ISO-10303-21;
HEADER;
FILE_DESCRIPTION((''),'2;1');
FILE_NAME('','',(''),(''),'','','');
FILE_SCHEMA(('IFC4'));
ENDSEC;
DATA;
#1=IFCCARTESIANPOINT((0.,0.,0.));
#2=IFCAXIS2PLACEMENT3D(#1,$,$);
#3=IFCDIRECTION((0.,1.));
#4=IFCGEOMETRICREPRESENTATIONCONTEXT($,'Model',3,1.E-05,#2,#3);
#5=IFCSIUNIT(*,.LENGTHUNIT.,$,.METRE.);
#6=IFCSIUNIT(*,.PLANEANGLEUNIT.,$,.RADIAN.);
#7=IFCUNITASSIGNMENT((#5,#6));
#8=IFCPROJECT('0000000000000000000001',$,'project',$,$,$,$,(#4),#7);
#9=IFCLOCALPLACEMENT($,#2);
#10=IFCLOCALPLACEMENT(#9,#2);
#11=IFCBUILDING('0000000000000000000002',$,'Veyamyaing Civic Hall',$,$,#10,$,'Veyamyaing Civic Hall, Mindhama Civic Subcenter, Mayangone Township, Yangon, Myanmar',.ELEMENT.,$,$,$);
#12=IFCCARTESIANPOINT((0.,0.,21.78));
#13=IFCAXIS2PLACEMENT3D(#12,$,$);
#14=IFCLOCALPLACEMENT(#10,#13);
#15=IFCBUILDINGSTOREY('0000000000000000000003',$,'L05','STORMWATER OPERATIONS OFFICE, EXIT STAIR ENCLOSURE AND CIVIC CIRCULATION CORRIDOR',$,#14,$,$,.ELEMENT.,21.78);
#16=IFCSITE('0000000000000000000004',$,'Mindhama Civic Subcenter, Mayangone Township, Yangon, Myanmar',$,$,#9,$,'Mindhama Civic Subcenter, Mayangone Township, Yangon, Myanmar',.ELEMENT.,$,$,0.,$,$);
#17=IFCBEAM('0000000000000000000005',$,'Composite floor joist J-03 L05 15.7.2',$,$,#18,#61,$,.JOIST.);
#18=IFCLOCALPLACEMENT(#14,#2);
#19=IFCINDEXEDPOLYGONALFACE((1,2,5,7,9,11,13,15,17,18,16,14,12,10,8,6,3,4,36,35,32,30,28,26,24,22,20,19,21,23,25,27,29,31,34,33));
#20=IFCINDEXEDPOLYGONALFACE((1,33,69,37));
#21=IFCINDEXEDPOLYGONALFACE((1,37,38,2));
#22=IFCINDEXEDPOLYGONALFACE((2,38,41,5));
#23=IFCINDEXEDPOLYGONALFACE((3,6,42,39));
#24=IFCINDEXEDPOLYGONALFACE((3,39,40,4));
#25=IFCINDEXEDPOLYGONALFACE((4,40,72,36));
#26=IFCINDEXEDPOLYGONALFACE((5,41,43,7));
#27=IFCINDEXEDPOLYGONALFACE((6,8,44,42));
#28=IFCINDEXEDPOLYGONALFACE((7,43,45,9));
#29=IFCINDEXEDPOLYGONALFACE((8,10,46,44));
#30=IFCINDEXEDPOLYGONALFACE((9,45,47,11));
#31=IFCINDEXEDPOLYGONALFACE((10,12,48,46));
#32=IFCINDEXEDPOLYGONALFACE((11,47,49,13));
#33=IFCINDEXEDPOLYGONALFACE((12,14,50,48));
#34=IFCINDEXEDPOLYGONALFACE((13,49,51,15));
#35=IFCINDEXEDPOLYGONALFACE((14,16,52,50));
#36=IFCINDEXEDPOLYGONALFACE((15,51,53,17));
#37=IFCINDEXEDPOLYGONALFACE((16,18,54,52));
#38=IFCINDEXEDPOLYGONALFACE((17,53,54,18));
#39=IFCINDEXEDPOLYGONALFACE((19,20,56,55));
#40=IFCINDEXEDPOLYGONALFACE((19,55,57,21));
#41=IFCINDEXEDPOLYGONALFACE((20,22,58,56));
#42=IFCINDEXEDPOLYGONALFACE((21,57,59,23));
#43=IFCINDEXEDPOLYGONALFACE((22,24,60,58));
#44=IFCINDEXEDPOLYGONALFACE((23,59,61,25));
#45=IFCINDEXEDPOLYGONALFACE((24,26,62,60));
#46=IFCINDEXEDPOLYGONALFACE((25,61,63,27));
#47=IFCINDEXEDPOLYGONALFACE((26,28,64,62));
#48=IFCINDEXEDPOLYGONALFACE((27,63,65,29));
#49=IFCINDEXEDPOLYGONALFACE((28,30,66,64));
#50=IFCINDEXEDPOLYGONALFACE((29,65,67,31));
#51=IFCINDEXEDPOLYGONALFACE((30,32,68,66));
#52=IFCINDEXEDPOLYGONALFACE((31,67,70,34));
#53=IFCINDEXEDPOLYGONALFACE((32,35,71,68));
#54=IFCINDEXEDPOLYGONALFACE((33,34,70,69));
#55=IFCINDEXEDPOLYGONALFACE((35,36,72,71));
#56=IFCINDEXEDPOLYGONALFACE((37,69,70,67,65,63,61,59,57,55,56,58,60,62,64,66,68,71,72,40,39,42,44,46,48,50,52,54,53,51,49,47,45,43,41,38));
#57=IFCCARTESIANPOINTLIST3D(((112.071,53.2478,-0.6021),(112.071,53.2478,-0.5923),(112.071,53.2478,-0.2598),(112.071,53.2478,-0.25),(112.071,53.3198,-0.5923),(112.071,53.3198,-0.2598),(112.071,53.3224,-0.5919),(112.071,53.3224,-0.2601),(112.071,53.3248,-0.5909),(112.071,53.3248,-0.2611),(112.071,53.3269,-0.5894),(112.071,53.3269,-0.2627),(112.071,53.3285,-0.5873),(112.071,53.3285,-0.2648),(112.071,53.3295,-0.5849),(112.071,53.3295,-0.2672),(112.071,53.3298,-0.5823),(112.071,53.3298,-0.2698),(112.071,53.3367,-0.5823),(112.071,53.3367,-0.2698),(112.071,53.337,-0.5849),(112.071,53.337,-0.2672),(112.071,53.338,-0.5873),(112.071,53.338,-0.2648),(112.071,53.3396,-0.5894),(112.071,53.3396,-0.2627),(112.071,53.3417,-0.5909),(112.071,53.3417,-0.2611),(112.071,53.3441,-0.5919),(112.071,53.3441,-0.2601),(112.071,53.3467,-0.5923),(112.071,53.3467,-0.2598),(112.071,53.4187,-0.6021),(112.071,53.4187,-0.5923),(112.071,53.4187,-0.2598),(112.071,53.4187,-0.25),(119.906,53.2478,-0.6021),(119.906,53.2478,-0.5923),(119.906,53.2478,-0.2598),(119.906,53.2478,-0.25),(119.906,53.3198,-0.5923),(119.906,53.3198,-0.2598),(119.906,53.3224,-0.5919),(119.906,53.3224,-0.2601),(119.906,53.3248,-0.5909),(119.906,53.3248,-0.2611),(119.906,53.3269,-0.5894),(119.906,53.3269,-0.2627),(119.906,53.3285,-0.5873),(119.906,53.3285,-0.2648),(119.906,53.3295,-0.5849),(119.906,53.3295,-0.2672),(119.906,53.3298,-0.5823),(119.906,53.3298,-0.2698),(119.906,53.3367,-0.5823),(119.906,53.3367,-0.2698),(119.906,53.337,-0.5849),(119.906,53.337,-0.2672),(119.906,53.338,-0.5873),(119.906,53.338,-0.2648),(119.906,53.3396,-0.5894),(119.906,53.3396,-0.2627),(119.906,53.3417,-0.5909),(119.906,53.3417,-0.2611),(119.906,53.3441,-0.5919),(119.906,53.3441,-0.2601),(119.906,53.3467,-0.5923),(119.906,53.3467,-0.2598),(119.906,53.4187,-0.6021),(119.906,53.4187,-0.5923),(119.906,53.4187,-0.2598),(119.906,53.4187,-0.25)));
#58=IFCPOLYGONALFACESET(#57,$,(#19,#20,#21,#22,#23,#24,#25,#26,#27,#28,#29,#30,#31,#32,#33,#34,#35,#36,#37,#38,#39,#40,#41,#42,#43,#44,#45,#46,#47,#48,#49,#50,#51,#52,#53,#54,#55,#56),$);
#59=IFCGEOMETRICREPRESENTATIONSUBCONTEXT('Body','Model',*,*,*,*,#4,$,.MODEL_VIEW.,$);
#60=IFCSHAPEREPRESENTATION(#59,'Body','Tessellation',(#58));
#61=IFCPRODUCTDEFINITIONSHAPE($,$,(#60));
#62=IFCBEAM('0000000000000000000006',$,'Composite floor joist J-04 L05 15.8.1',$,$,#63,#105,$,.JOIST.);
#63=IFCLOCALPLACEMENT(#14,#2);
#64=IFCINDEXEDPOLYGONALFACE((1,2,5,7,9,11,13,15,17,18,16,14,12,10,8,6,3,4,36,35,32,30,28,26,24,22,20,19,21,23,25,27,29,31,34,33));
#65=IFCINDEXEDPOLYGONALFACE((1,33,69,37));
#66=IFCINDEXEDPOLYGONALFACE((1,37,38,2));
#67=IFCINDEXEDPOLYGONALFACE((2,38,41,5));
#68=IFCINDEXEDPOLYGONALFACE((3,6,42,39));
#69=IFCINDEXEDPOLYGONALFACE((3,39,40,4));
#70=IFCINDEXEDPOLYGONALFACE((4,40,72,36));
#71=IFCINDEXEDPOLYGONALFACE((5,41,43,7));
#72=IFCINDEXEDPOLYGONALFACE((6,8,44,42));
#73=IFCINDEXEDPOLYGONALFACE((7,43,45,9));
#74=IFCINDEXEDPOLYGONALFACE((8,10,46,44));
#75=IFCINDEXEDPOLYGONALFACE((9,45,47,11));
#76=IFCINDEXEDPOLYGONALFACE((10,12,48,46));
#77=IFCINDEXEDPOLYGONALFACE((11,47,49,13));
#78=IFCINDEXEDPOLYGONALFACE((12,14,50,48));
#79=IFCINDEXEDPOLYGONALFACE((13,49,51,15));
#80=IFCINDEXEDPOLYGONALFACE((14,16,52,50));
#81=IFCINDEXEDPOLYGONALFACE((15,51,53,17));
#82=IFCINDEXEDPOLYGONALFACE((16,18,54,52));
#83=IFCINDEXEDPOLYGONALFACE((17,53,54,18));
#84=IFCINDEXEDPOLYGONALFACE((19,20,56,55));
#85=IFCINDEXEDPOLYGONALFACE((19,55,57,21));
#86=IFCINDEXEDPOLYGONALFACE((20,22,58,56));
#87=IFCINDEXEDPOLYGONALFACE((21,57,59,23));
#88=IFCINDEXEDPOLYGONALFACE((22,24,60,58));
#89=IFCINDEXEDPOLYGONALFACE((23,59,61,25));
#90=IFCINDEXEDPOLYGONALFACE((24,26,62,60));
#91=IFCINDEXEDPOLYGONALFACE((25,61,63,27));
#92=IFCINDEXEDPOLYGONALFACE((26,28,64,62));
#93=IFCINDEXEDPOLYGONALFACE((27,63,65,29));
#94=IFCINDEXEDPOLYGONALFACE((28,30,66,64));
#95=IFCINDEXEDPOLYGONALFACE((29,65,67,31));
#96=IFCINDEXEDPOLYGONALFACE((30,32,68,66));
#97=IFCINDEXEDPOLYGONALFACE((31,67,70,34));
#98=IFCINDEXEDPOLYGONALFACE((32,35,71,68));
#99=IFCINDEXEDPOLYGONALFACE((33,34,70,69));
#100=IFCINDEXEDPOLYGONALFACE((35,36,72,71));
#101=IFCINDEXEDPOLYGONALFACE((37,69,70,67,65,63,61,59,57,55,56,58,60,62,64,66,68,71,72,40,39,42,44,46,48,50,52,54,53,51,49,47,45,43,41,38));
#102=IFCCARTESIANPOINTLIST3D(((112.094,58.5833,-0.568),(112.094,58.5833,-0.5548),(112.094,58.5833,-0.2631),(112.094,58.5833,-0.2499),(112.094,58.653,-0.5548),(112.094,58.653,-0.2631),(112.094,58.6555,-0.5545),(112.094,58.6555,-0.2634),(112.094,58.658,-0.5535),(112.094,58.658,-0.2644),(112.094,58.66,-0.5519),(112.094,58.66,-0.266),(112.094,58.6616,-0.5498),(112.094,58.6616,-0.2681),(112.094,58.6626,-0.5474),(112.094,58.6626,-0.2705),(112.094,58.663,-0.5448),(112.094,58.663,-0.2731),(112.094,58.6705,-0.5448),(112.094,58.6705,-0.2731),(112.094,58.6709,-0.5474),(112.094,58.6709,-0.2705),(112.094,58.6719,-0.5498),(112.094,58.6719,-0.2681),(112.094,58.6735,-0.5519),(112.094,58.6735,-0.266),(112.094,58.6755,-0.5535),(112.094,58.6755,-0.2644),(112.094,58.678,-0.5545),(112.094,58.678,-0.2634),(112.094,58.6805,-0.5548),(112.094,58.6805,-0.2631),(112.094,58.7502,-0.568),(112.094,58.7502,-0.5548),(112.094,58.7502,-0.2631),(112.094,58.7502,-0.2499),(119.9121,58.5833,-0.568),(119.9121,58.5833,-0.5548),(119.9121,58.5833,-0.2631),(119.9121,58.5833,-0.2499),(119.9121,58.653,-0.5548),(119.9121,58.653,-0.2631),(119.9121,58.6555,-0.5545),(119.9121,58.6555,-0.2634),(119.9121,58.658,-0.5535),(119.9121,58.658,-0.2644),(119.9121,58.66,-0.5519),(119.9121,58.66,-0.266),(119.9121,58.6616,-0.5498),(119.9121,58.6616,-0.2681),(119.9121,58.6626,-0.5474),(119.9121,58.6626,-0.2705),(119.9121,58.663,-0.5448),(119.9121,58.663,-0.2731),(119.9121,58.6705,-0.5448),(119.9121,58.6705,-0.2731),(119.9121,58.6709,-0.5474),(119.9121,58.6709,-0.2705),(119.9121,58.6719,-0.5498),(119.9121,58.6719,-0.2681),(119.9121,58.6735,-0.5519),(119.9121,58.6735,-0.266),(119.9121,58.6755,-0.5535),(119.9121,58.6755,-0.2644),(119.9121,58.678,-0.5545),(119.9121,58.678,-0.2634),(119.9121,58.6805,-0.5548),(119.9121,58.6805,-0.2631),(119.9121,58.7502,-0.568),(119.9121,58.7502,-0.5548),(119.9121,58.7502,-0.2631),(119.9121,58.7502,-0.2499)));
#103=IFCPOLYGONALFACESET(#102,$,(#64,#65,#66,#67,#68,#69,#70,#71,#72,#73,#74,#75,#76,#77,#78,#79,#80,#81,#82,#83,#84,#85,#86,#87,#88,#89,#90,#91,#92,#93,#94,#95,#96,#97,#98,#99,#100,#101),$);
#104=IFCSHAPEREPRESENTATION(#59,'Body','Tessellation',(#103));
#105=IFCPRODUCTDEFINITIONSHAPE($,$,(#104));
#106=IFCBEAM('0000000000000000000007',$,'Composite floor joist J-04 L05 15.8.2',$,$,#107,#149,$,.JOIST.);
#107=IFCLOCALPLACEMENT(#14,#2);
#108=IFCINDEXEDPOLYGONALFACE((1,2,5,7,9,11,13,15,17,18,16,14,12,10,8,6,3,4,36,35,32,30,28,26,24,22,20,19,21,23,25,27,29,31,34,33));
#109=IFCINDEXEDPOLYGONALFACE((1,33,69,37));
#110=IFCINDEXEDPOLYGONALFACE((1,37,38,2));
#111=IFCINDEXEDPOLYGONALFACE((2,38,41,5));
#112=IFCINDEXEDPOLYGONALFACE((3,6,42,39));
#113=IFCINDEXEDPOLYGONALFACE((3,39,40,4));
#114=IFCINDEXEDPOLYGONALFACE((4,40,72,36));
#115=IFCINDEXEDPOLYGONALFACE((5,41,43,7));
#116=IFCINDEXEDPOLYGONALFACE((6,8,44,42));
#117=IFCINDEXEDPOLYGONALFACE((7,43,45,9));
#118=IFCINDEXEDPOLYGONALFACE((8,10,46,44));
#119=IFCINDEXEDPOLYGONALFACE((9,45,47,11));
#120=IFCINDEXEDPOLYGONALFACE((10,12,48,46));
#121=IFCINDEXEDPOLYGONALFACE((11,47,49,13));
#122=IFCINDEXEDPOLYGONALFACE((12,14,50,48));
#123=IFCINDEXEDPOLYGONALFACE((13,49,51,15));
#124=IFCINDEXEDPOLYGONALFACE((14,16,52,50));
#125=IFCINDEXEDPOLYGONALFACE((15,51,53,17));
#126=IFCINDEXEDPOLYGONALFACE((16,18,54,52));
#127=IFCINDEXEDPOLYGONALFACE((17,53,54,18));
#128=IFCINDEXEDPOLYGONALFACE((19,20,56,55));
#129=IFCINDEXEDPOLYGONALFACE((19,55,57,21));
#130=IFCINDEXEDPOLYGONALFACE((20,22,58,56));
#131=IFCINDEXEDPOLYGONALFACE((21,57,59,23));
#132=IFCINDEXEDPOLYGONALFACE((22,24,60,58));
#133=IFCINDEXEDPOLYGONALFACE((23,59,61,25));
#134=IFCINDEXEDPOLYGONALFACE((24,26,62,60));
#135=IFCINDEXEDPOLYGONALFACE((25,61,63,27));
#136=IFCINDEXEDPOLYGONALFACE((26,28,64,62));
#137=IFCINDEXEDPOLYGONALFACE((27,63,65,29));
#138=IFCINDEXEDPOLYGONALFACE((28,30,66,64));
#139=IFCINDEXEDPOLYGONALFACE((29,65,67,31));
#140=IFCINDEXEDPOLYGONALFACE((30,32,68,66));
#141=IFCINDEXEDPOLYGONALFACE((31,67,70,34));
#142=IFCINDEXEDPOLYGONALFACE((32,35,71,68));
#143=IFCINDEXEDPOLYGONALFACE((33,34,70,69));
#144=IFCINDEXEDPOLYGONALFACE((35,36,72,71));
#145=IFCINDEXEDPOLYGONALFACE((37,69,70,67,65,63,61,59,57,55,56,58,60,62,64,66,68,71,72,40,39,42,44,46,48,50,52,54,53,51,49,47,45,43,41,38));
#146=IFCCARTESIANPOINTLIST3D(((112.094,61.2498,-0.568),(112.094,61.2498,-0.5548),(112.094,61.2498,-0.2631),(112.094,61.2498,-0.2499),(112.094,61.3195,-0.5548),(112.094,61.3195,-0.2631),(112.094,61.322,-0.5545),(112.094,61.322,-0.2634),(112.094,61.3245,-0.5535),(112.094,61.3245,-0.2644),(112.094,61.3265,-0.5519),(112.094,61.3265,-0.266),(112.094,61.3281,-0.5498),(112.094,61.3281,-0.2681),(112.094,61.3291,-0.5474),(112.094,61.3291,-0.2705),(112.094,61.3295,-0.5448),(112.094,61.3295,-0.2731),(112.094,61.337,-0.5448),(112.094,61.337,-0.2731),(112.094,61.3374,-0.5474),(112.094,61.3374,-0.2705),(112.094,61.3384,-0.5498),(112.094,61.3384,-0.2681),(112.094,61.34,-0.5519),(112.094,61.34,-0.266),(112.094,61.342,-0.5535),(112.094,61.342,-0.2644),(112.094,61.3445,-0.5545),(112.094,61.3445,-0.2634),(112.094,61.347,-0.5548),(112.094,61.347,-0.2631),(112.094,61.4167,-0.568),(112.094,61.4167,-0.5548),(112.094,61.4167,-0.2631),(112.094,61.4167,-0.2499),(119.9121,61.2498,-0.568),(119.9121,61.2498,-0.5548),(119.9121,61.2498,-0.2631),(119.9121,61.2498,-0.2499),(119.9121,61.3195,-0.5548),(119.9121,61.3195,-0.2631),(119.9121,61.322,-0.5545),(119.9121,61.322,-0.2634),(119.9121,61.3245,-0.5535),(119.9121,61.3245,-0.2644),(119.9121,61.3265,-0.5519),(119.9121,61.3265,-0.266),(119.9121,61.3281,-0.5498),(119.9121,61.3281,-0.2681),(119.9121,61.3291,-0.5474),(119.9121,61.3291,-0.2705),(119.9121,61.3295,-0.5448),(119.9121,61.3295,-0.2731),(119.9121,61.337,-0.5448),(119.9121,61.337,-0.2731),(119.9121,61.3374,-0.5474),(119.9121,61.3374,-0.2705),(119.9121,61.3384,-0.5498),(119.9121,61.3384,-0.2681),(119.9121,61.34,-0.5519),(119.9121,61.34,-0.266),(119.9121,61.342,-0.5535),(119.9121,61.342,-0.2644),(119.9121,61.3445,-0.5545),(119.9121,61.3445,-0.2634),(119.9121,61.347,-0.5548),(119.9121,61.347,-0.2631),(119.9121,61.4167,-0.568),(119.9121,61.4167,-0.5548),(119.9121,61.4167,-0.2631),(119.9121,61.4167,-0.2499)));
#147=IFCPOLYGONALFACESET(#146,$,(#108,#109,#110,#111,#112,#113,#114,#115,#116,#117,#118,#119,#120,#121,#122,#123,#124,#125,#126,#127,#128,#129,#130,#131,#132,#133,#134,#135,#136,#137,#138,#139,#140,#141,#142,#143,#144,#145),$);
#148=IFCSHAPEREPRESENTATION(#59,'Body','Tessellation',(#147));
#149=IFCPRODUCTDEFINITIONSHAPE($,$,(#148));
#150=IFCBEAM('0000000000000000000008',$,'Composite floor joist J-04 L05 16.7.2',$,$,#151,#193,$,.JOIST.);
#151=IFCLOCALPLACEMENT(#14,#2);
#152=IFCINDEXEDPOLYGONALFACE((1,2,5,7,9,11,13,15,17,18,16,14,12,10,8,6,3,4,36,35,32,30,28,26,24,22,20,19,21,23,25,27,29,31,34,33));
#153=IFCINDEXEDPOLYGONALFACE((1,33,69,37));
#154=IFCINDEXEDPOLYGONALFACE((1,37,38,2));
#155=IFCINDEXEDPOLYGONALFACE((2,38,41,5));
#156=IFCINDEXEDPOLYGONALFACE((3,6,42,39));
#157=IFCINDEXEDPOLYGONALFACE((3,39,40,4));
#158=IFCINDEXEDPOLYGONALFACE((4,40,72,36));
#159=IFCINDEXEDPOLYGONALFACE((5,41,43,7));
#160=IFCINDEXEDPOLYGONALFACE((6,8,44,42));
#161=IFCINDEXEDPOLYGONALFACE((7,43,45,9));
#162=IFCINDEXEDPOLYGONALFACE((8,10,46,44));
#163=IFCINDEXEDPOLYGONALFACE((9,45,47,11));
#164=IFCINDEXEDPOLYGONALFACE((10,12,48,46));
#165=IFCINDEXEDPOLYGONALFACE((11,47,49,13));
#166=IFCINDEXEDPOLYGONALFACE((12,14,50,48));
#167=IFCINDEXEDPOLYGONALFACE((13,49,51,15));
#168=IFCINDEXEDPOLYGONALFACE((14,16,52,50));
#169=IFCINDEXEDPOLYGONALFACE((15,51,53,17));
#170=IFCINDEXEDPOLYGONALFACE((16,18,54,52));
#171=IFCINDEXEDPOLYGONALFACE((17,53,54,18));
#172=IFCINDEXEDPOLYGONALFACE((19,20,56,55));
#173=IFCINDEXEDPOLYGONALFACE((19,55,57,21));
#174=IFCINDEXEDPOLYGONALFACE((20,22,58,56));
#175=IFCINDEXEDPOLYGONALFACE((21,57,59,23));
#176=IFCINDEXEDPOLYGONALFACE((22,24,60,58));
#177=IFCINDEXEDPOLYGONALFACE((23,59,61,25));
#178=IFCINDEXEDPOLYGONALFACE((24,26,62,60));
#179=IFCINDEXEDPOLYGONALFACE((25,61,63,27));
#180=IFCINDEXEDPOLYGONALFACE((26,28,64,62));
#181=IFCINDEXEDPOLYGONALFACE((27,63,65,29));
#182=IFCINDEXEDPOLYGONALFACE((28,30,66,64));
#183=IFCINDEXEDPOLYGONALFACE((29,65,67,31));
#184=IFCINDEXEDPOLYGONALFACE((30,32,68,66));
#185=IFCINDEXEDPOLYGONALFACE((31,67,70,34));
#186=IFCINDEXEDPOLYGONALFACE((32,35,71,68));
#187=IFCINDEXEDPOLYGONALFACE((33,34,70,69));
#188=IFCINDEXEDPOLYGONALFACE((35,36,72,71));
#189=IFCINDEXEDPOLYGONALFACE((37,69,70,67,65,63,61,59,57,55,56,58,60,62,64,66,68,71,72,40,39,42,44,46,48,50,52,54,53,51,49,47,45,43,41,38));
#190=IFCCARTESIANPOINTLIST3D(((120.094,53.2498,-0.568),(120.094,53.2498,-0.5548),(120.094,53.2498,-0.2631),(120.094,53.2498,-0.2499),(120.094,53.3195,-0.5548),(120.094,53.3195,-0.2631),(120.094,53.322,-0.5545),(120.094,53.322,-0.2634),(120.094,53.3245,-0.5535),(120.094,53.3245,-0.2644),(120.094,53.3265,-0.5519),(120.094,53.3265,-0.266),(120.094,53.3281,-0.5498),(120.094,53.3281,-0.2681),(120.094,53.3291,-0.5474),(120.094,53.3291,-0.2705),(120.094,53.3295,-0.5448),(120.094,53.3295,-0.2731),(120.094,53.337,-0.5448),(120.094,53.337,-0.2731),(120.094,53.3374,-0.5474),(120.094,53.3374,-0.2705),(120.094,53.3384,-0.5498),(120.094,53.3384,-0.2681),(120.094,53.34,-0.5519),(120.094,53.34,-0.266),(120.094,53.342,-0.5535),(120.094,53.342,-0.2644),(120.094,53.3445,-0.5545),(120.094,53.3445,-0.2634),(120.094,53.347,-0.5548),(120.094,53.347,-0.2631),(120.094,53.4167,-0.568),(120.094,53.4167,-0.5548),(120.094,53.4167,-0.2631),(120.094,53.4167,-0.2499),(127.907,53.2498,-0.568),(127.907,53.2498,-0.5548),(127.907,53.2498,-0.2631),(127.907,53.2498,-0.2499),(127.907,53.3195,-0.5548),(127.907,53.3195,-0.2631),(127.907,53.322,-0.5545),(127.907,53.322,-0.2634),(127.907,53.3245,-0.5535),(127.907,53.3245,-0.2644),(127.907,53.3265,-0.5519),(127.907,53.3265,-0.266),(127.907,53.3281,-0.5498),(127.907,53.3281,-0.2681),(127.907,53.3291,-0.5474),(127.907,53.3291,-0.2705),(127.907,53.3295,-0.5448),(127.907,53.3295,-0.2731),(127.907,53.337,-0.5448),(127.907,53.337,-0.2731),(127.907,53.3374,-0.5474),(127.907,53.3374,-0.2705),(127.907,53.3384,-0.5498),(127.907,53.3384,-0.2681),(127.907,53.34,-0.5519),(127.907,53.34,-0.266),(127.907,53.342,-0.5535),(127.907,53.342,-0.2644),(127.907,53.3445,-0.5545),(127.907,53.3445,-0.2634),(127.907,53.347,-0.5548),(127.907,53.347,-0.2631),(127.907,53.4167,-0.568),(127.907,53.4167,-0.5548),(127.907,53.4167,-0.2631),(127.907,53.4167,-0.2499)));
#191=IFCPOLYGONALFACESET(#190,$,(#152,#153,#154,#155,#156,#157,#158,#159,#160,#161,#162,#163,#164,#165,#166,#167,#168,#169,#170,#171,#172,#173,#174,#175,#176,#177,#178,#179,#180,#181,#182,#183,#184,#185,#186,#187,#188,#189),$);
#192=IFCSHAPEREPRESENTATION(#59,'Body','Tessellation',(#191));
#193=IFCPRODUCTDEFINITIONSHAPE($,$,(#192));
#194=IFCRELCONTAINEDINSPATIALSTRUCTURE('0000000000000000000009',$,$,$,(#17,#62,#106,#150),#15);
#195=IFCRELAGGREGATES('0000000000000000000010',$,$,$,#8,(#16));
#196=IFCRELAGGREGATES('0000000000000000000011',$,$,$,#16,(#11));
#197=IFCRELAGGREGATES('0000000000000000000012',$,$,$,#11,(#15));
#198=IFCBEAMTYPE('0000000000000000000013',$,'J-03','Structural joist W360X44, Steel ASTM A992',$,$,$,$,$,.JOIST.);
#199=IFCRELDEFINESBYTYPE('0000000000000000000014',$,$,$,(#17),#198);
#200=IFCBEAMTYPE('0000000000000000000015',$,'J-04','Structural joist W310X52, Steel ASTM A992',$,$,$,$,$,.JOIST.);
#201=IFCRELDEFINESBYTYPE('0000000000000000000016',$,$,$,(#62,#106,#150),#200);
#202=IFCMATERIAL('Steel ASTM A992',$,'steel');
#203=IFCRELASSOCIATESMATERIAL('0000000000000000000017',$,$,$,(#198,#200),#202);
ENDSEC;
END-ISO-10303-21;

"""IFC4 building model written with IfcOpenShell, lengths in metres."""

from ifc_helpers import new_model, si_unit, direction, frame, origin, origin_2d, place, context, subcontext, project, spatial, i_section, extrude, material, material_profile, profile_set, type_object, element, save


model = new_model("IFC4")

# Units and contexts
model_context = context("Model", 3, precision=1e-05, world=origin(), true_north=direction((0.0, 1.0)))
body_context = subcontext(model_context, "Body", "Model", "MODEL_VIEW")
ifc_project = project(units=[si_unit("LENGTHUNIT", "METRE"), si_unit("PLANEANGLEUNIT", "RADIAN")], contexts=[model_context])

# Site, building, storey
site_placement = place(None, origin())
site = spatial("IfcSite", under=ifc_project, at=site_placement, Name="Mindhama Civic Subcenter, Mayangone Township, Yangon, Myanmar", LongName="Mindhama Civic Subcenter, Mayangone Township, Yangon, Myanmar", CompositionType="ELEMENT", RefElevation=0.0)
building_placement = place(site_placement, origin())
building = spatial("IfcBuilding", under=site, at=building_placement, Name="Veyamyaing Civic Hall", LongName="Veyamyaing Civic Hall, Mindhama Civic Subcenter, Mayangone Township, Yangon, Myanmar", CompositionType="ELEMENT")
storey_placement = place(building_placement, frame((0.0, 0.0, 21.78)))
storey = spatial("IfcBuildingStorey", under=building, at=storey_placement, Name="L05", Description="STORMWATER OPERATIONS OFFICE, EXIT STAIR ENCLOSURE AND CIVIC CIRCULATION CORRIDOR", CompositionType="ELEMENT", Elevation=21.78)

# Beams
ifc_material = material(Name="Steel ASTM A992", Category="steel")
ifc_material_profile_1 = material_profile(ifc_material, i_section(OverallWidth=0.1709, OverallDepth=0.3521, WebThickness=0.0068, FlangeThickness=0.0098, FilletRadius=0.01, at=origin_2d()), Name="W360X44")
ifc_profile_set_1 = profile_set([ifc_material_profile_1], Name="Steel ASTM A992")
beam_type_1 = type_object("IfcBeamType", Name="J-03", Description="Structural joist W360X44, Steel ASTM A992", PredefinedType="JOIST", material=ifc_profile_set_1)
beam_1_placement = place(storey_placement, frame((112.071, 53.3333, -0.426), z_axis=(1.0, 0.0, 0.0), x_axis=(0.0, 1.0, 0.0)))
element("IfcBeam", 1, at=beam_1_placement, inside=storey, type_object=beam_type_1, Name="Composite floor joist J-03 L05 15.7.2", PredefinedType="JOIST", context=body_context, shape_type="SweptSolid", body=[
    extrude(i_section(OverallWidth=0.1709, OverallDepth=0.3521, WebThickness=0.0068, FlangeThickness=0.0098, FilletRadius=0.01, at=origin_2d()), origin(), (0.0, 0.0, 1.0), 7.835),
])
ifc_material_profile_2 = material_profile(ifc_material, i_section(OverallWidth=0.167, OverallDepth=0.3181, WebThickness=0.0076, FlangeThickness=0.0132, FilletRadius=0.01, at=origin_2d()), Name="W310X52")
ifc_profile_set_2 = profile_set([ifc_material_profile_2], Name="Steel ASTM A992")
beam_type_2 = type_object("IfcBeamType", Name="J-04", Description="Structural joist W310X52, Steel ASTM A992", PredefinedType="JOIST", material=ifc_profile_set_2)
for number, where, z_axis, x_axis, name in (
    (2, (112.094, 58.6667, -0.4089), (1.0, 0.0, 0.0), (0.0, 1.0, 0.0), "Composite floor joist J-04 L05 15.8.1"),
    (3, (112.094, 61.3333, -0.4089), (1.0, 0.0, 0.0), (0.0, 1.0, 0.0), "Composite floor joist J-04 L05 15.8.2"),
):
    element("IfcBeam", number, at=place(storey_placement, frame(where, z_axis=z_axis, x_axis=x_axis)), inside=storey, type_object=beam_type_2, Name=name, PredefinedType="JOIST", context=body_context, shape_type="SweptSolid", body=[
        extrude(i_section(OverallWidth=0.167, OverallDepth=0.3181, WebThickness=0.0076, FlangeThickness=0.0132, FilletRadius=0.01, at=origin_2d()), origin(), (0.0, 0.0, 1.0), 7.8181),
    ])
beam_2_placement = place(storey_placement, frame((120.094, 53.3333, -0.4089), z_axis=(1.0, 0.0, 0.0), x_axis=(0.0, 1.0, 0.0)))
element("IfcBeam", 4, at=beam_2_placement, inside=storey, type_object=beam_type_2, Name="Composite floor joist J-04 L05 16.7.2", PredefinedType="JOIST", context=body_context, shape_type="SweptSolid", body=[
    extrude(i_section(OverallWidth=0.167, OverallDepth=0.3181, WebThickness=0.0076, FlangeThickness=0.0132, FilletRadius=0.01, at=origin_2d()), origin(), (0.0, 0.0, 1.0), 7.813),
])

save(model, "model.ifc")
